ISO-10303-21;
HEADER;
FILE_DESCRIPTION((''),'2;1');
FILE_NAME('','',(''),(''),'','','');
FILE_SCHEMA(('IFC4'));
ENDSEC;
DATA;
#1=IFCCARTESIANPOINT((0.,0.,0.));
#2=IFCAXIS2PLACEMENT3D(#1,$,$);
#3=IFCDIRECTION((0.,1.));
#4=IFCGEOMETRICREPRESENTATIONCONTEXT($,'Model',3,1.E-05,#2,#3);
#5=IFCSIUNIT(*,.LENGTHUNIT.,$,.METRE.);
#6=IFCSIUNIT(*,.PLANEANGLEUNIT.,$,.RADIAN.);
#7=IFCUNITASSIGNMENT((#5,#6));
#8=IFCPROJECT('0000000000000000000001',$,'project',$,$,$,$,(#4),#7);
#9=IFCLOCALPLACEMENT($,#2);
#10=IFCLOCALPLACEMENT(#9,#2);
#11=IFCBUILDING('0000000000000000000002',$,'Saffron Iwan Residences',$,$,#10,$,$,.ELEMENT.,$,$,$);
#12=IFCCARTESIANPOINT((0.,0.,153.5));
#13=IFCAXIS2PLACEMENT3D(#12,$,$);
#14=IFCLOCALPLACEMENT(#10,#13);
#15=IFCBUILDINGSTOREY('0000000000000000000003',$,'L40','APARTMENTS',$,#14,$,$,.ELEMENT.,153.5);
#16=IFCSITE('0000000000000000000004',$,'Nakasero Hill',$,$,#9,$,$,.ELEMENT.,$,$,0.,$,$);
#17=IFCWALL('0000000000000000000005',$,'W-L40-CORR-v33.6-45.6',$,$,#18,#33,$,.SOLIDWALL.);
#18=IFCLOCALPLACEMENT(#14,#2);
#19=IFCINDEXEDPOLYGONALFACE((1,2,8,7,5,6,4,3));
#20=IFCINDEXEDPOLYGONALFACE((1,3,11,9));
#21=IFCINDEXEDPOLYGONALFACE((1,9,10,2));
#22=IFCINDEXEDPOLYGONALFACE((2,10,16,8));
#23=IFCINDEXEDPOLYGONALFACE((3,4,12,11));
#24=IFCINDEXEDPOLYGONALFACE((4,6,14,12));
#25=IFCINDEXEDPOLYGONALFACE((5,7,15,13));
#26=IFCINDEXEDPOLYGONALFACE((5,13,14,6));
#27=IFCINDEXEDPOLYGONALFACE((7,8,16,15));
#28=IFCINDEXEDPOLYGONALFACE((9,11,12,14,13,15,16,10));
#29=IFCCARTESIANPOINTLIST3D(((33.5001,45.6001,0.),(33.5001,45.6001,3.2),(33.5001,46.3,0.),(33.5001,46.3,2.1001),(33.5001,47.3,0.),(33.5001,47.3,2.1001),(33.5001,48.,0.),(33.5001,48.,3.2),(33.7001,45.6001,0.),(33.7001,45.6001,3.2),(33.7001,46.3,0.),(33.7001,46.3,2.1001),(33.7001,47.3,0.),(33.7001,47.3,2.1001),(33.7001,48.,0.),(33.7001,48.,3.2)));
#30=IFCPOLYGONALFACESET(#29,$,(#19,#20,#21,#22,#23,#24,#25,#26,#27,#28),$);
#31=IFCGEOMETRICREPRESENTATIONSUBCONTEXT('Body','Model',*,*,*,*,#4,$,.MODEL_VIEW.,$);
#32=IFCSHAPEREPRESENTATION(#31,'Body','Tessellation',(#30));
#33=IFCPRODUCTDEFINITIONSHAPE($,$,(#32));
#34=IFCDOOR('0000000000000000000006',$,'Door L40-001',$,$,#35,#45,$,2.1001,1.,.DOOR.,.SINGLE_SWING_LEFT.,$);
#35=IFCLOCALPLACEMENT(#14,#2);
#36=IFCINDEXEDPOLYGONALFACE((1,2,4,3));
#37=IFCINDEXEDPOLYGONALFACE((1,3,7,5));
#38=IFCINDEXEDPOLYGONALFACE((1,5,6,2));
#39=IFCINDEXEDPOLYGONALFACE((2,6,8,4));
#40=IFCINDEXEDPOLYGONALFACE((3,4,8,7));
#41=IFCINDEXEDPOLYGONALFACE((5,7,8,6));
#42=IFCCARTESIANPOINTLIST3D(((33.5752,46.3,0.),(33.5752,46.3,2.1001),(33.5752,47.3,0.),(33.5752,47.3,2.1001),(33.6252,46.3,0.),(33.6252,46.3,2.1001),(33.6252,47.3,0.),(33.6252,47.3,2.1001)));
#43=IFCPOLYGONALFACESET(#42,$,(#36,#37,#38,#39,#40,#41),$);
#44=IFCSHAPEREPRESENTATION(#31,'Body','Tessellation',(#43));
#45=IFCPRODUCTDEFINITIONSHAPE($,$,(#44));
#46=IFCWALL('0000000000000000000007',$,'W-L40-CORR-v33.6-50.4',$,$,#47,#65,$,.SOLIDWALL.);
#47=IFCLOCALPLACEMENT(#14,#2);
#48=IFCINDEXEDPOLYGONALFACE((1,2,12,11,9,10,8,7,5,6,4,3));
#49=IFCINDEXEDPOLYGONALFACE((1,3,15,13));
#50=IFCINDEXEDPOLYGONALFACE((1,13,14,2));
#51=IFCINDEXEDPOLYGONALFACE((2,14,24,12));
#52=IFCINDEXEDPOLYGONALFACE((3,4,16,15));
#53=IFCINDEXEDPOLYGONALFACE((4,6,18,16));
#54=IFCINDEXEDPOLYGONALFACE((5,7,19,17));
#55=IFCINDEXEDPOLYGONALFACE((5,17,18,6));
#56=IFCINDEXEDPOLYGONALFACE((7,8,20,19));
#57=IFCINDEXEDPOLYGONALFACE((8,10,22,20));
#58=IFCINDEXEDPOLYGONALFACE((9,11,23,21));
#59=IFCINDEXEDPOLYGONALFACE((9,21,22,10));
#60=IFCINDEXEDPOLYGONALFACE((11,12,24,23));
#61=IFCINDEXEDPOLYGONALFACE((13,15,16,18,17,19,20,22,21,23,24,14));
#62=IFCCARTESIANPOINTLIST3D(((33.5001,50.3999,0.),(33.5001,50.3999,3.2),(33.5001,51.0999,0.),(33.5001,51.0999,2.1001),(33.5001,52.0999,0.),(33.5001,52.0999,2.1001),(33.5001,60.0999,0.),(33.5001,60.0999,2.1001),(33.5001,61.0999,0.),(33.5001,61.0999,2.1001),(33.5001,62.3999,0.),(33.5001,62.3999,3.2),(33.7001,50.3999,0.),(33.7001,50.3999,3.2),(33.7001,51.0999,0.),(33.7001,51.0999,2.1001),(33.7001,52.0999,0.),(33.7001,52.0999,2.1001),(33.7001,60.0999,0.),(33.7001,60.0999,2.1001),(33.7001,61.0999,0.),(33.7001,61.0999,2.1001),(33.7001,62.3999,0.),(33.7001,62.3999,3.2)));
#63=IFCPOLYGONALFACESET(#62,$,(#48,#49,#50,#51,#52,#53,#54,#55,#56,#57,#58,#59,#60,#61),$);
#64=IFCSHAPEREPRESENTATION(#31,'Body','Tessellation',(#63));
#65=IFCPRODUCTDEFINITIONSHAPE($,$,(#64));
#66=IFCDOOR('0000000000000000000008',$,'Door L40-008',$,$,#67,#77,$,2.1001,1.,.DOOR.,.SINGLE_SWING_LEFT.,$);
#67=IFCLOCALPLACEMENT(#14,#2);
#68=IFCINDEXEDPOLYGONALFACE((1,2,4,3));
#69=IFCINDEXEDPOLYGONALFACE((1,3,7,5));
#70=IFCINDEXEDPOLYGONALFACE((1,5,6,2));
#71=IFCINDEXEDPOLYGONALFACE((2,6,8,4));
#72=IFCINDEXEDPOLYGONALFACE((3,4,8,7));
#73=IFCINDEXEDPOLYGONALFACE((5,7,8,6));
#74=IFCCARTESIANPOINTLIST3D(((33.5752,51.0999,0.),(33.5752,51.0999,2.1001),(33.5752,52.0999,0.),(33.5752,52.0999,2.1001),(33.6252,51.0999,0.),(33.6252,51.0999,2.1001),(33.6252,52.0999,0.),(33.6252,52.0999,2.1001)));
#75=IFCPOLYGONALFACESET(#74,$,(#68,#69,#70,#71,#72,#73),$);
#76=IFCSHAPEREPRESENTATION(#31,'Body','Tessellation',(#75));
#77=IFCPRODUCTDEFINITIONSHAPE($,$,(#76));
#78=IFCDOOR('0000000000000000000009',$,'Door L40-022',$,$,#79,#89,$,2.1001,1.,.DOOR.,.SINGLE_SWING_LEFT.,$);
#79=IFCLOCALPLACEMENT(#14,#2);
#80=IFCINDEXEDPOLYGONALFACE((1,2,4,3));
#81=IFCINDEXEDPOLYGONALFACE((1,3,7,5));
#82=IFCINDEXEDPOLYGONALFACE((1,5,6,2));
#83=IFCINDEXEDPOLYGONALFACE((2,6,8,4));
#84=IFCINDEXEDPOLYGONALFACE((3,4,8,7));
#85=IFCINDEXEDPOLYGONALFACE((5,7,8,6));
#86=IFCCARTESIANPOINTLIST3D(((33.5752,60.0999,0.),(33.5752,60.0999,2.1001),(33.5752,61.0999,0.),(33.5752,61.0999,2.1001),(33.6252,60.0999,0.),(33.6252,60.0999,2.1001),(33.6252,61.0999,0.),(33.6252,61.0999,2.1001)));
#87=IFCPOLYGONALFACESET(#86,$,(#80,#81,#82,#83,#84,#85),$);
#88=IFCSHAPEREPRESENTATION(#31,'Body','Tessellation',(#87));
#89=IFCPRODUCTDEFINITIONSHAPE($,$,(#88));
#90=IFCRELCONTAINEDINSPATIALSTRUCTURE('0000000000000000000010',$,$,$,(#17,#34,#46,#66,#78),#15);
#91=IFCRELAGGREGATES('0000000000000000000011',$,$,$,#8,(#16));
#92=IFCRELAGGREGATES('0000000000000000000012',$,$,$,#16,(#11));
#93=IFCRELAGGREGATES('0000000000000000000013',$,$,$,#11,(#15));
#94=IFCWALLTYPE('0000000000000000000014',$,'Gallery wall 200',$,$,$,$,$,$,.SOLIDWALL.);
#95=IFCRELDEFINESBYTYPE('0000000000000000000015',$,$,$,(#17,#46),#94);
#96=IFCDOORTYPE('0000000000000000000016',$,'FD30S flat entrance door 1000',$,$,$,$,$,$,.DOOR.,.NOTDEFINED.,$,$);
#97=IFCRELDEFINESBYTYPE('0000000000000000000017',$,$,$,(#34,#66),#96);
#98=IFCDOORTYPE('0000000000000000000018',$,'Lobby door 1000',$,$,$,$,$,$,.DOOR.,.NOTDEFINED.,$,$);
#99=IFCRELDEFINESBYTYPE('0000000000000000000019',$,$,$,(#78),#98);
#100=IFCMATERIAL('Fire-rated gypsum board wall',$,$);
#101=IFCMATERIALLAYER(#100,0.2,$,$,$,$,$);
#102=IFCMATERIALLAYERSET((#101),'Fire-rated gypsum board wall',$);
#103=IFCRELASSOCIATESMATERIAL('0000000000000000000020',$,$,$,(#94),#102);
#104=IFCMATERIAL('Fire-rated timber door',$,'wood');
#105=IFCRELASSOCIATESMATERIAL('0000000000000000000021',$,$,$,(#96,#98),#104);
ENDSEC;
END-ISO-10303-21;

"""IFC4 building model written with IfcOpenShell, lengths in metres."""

from ifc_helpers import new_model, si_unit, direction, frame, frame_2d, origin, place, context, subcontext, project, spatial, rectangle, extrude, material, layer, layer_set, type_object, element, fill, save


model = new_model("IFC4")

# Units and contexts
model_context = context("Model", 3, precision=1e-05, world=origin(), true_north=direction((0.0, 1.0)))
body_context = subcontext(model_context, "Body", "Model", "MODEL_VIEW")
ifc_project = project(units=[si_unit("LENGTHUNIT", "METRE"), si_unit("PLANEANGLEUNIT", "RADIAN")], contexts=[model_context])

# Site, building, storey
site_placement = place(None, origin())
site = spatial("IfcSite", under=ifc_project, at=site_placement, Name="Nakasero Hill", CompositionType="ELEMENT", RefElevation=0.0)
building_placement = place(site_placement, origin())
building = spatial("IfcBuilding", under=site, at=building_placement, Name="Saffron Iwan Residences", CompositionType="ELEMENT")
storey_placement = place(building_placement, frame((0.0, 0.0, 153.5)))
storey = spatial("IfcBuildingStorey", under=building, at=storey_placement, Name="L40", Description="APARTMENTS", CompositionType="ELEMENT", Elevation=153.5)

# Wall, opening, door
ifc_material_1 = material(Name="Fire-rated gypsum board wall")
ifc_layer_1 = layer(ifc_material_1, 0.2)
ifc_layer_set_1 = layer_set([ifc_layer_1], Name="Fire-rated gypsum board wall")
wall_type_1 = type_object("IfcWallType", Name="Gallery wall 200", PredefinedType="SOLIDWALL", material=ifc_layer_set_1)
wall_1_placement = place(storey_placement, frame((33.6001, 45.6001, 0.0), z_axis=(0.0, 0.0, 1.0), x_axis=(0.0, 1.0, 0.0)))
wall_1 = element("IfcWall", 1, at=wall_1_placement, inside=storey, type_object=wall_type_1, Name="W-L40-CORR-v33.6-45.6", PredefinedType="SOLIDWALL", context=body_context, shape_type="SweptSolid", body=[
    extrude(rectangle(XDim=2.3999, YDim=0.2, at=frame_2d((1.2, 0.0))), origin(), (0.0, 0.0, 1.0), 3.2),
])
opening_1_placement = place(wall_1_placement, frame((0.7, 0.0, 0.0)))
opening_1 = element("IfcOpeningElement", 2, at=opening_1_placement, cuts=wall_1, PredefinedType="OPENING", context=body_context, shape_type="SweptSolid", body=[
    extrude(rectangle(XDim=1.0, YDim=2.1001, at=frame_2d((0.5, 1.05))), frame((0.0, 0.1099, 0.0), z_axis=(0.0, -1.0, 0.0), x_axis=(1.0, 0.0, 0.0)), (0.0, 0.0, 1.0), 0.22),
])
ifc_material_2 = material(Name="Fire-rated timber door", Category="wood")
door_type_1 = type_object("IfcDoorType", Name="FD30S flat entrance door 1000", OperationType="NOTDEFINED", PredefinedType="DOOR", material=ifc_material_2)
door_1_placement = place(opening_1_placement, origin())
door_1 = element("IfcDoor", 3, at=door_1_placement, inside=storey, type_object=door_type_1, Name="Door L40-001", OperationType="SINGLE_SWING_LEFT", OverallHeight=2.1001, OverallWidth=1.0, PredefinedType="DOOR", context=body_context, shape_type="SweptSolid", body=[
    extrude(rectangle(XDim=1.0, YDim=2.1001, at=frame_2d((0.5, 1.05))), frame((0.0, 0.0249, 0.0), z_axis=(0.0, -1.0, 0.0), x_axis=(1.0, 0.0, 0.0)), (0.0, 0.0, 1.0), 0.05),
])
fill(opening_1, door_1)

# Wall, openings, doors
wall_2_placement = place(storey_placement, frame((33.6001, 50.3999, 0.0), z_axis=(0.0, 0.0, 1.0), x_axis=(0.0, 1.0, 0.0)))
wall_2 = element("IfcWall", 4, at=wall_2_placement, inside=storey, type_object=wall_type_1, Name="W-L40-CORR-v33.6-50.4", PredefinedType="SOLIDWALL", context=body_context, shape_type="SweptSolid", body=[
    extrude(rectangle(XDim=12.0, YDim=0.2, at=frame_2d((6.0, 0.0))), origin(), (0.0, 0.0, 1.0), 3.2),
])
opening_2_placement = place(wall_2_placement, frame((0.7, 0.0, 0.0)))
opening_2 = element("IfcOpeningElement", 5, at=opening_2_placement, cuts=wall_2, PredefinedType="OPENING", context=body_context, shape_type="SweptSolid", body=[
    extrude(rectangle(XDim=1.0, YDim=2.1001, at=frame_2d((0.5, 1.05))), frame((0.0, 0.1099, 0.0), z_axis=(0.0, -1.0, 0.0), x_axis=(1.0, 0.0, 0.0)), (0.0, 0.0, 1.0), 0.22),
])
opening_3_placement = place(wall_2_placement, frame((9.7, 0.0, 0.0)))
opening_3 = element("IfcOpeningElement", 6, at=opening_3_placement, cuts=wall_2, PredefinedType="OPENING", context=body_context, shape_type="SweptSolid", body=[
    extrude(rectangle(XDim=1.0, YDim=2.1001, at=frame_2d((0.5, 1.05))), frame((0.0, 0.1099, 0.0), z_axis=(0.0, -1.0, 0.0), x_axis=(1.0, 0.0, 0.0)), (0.0, 0.0, 1.0), 0.22),
])
door_2_placement = place(opening_2_placement, origin())
door_2 = element("IfcDoor", 7, at=door_2_placement, inside=storey, type_object=door_type_1, Name="Door L40-008", OperationType="SINGLE_SWING_LEFT", OverallHeight=2.1001, OverallWidth=1.0, PredefinedType="DOOR", context=body_context, shape_type="SweptSolid", body=[
    extrude(rectangle(XDim=1.0, YDim=2.1001, at=frame_2d((0.5, 1.05))), frame((0.0, 0.0249, 0.0), z_axis=(0.0, -1.0, 0.0), x_axis=(1.0, 0.0, 0.0)), (0.0, 0.0, 1.0), 0.05),
])
fill(opening_2, door_2)
door_type_2 = type_object("IfcDoorType", Name="Lobby door 1000", OperationType="NOTDEFINED", PredefinedType="DOOR", material=ifc_material_2)
door_3_placement = place(opening_3_placement, origin())
door_3 = element("IfcDoor", 8, at=door_3_placement, inside=storey, type_object=door_type_2, Name="Door L40-022", OperationType="SINGLE_SWING_LEFT", OverallHeight=2.1001, OverallWidth=1.0, PredefinedType="DOOR", context=body_context, shape_type="SweptSolid", body=[
    extrude(rectangle(XDim=1.0, YDim=2.1001, at=frame_2d((0.5, 1.05))), frame((0.0, 0.0249, 0.0), z_axis=(0.0, -1.0, 0.0), x_axis=(1.0, 0.0, 0.0)), (0.0, 0.0, 1.0), 0.05),
])
fill(opening_3, door_3)

save(model, "model.ifc")
